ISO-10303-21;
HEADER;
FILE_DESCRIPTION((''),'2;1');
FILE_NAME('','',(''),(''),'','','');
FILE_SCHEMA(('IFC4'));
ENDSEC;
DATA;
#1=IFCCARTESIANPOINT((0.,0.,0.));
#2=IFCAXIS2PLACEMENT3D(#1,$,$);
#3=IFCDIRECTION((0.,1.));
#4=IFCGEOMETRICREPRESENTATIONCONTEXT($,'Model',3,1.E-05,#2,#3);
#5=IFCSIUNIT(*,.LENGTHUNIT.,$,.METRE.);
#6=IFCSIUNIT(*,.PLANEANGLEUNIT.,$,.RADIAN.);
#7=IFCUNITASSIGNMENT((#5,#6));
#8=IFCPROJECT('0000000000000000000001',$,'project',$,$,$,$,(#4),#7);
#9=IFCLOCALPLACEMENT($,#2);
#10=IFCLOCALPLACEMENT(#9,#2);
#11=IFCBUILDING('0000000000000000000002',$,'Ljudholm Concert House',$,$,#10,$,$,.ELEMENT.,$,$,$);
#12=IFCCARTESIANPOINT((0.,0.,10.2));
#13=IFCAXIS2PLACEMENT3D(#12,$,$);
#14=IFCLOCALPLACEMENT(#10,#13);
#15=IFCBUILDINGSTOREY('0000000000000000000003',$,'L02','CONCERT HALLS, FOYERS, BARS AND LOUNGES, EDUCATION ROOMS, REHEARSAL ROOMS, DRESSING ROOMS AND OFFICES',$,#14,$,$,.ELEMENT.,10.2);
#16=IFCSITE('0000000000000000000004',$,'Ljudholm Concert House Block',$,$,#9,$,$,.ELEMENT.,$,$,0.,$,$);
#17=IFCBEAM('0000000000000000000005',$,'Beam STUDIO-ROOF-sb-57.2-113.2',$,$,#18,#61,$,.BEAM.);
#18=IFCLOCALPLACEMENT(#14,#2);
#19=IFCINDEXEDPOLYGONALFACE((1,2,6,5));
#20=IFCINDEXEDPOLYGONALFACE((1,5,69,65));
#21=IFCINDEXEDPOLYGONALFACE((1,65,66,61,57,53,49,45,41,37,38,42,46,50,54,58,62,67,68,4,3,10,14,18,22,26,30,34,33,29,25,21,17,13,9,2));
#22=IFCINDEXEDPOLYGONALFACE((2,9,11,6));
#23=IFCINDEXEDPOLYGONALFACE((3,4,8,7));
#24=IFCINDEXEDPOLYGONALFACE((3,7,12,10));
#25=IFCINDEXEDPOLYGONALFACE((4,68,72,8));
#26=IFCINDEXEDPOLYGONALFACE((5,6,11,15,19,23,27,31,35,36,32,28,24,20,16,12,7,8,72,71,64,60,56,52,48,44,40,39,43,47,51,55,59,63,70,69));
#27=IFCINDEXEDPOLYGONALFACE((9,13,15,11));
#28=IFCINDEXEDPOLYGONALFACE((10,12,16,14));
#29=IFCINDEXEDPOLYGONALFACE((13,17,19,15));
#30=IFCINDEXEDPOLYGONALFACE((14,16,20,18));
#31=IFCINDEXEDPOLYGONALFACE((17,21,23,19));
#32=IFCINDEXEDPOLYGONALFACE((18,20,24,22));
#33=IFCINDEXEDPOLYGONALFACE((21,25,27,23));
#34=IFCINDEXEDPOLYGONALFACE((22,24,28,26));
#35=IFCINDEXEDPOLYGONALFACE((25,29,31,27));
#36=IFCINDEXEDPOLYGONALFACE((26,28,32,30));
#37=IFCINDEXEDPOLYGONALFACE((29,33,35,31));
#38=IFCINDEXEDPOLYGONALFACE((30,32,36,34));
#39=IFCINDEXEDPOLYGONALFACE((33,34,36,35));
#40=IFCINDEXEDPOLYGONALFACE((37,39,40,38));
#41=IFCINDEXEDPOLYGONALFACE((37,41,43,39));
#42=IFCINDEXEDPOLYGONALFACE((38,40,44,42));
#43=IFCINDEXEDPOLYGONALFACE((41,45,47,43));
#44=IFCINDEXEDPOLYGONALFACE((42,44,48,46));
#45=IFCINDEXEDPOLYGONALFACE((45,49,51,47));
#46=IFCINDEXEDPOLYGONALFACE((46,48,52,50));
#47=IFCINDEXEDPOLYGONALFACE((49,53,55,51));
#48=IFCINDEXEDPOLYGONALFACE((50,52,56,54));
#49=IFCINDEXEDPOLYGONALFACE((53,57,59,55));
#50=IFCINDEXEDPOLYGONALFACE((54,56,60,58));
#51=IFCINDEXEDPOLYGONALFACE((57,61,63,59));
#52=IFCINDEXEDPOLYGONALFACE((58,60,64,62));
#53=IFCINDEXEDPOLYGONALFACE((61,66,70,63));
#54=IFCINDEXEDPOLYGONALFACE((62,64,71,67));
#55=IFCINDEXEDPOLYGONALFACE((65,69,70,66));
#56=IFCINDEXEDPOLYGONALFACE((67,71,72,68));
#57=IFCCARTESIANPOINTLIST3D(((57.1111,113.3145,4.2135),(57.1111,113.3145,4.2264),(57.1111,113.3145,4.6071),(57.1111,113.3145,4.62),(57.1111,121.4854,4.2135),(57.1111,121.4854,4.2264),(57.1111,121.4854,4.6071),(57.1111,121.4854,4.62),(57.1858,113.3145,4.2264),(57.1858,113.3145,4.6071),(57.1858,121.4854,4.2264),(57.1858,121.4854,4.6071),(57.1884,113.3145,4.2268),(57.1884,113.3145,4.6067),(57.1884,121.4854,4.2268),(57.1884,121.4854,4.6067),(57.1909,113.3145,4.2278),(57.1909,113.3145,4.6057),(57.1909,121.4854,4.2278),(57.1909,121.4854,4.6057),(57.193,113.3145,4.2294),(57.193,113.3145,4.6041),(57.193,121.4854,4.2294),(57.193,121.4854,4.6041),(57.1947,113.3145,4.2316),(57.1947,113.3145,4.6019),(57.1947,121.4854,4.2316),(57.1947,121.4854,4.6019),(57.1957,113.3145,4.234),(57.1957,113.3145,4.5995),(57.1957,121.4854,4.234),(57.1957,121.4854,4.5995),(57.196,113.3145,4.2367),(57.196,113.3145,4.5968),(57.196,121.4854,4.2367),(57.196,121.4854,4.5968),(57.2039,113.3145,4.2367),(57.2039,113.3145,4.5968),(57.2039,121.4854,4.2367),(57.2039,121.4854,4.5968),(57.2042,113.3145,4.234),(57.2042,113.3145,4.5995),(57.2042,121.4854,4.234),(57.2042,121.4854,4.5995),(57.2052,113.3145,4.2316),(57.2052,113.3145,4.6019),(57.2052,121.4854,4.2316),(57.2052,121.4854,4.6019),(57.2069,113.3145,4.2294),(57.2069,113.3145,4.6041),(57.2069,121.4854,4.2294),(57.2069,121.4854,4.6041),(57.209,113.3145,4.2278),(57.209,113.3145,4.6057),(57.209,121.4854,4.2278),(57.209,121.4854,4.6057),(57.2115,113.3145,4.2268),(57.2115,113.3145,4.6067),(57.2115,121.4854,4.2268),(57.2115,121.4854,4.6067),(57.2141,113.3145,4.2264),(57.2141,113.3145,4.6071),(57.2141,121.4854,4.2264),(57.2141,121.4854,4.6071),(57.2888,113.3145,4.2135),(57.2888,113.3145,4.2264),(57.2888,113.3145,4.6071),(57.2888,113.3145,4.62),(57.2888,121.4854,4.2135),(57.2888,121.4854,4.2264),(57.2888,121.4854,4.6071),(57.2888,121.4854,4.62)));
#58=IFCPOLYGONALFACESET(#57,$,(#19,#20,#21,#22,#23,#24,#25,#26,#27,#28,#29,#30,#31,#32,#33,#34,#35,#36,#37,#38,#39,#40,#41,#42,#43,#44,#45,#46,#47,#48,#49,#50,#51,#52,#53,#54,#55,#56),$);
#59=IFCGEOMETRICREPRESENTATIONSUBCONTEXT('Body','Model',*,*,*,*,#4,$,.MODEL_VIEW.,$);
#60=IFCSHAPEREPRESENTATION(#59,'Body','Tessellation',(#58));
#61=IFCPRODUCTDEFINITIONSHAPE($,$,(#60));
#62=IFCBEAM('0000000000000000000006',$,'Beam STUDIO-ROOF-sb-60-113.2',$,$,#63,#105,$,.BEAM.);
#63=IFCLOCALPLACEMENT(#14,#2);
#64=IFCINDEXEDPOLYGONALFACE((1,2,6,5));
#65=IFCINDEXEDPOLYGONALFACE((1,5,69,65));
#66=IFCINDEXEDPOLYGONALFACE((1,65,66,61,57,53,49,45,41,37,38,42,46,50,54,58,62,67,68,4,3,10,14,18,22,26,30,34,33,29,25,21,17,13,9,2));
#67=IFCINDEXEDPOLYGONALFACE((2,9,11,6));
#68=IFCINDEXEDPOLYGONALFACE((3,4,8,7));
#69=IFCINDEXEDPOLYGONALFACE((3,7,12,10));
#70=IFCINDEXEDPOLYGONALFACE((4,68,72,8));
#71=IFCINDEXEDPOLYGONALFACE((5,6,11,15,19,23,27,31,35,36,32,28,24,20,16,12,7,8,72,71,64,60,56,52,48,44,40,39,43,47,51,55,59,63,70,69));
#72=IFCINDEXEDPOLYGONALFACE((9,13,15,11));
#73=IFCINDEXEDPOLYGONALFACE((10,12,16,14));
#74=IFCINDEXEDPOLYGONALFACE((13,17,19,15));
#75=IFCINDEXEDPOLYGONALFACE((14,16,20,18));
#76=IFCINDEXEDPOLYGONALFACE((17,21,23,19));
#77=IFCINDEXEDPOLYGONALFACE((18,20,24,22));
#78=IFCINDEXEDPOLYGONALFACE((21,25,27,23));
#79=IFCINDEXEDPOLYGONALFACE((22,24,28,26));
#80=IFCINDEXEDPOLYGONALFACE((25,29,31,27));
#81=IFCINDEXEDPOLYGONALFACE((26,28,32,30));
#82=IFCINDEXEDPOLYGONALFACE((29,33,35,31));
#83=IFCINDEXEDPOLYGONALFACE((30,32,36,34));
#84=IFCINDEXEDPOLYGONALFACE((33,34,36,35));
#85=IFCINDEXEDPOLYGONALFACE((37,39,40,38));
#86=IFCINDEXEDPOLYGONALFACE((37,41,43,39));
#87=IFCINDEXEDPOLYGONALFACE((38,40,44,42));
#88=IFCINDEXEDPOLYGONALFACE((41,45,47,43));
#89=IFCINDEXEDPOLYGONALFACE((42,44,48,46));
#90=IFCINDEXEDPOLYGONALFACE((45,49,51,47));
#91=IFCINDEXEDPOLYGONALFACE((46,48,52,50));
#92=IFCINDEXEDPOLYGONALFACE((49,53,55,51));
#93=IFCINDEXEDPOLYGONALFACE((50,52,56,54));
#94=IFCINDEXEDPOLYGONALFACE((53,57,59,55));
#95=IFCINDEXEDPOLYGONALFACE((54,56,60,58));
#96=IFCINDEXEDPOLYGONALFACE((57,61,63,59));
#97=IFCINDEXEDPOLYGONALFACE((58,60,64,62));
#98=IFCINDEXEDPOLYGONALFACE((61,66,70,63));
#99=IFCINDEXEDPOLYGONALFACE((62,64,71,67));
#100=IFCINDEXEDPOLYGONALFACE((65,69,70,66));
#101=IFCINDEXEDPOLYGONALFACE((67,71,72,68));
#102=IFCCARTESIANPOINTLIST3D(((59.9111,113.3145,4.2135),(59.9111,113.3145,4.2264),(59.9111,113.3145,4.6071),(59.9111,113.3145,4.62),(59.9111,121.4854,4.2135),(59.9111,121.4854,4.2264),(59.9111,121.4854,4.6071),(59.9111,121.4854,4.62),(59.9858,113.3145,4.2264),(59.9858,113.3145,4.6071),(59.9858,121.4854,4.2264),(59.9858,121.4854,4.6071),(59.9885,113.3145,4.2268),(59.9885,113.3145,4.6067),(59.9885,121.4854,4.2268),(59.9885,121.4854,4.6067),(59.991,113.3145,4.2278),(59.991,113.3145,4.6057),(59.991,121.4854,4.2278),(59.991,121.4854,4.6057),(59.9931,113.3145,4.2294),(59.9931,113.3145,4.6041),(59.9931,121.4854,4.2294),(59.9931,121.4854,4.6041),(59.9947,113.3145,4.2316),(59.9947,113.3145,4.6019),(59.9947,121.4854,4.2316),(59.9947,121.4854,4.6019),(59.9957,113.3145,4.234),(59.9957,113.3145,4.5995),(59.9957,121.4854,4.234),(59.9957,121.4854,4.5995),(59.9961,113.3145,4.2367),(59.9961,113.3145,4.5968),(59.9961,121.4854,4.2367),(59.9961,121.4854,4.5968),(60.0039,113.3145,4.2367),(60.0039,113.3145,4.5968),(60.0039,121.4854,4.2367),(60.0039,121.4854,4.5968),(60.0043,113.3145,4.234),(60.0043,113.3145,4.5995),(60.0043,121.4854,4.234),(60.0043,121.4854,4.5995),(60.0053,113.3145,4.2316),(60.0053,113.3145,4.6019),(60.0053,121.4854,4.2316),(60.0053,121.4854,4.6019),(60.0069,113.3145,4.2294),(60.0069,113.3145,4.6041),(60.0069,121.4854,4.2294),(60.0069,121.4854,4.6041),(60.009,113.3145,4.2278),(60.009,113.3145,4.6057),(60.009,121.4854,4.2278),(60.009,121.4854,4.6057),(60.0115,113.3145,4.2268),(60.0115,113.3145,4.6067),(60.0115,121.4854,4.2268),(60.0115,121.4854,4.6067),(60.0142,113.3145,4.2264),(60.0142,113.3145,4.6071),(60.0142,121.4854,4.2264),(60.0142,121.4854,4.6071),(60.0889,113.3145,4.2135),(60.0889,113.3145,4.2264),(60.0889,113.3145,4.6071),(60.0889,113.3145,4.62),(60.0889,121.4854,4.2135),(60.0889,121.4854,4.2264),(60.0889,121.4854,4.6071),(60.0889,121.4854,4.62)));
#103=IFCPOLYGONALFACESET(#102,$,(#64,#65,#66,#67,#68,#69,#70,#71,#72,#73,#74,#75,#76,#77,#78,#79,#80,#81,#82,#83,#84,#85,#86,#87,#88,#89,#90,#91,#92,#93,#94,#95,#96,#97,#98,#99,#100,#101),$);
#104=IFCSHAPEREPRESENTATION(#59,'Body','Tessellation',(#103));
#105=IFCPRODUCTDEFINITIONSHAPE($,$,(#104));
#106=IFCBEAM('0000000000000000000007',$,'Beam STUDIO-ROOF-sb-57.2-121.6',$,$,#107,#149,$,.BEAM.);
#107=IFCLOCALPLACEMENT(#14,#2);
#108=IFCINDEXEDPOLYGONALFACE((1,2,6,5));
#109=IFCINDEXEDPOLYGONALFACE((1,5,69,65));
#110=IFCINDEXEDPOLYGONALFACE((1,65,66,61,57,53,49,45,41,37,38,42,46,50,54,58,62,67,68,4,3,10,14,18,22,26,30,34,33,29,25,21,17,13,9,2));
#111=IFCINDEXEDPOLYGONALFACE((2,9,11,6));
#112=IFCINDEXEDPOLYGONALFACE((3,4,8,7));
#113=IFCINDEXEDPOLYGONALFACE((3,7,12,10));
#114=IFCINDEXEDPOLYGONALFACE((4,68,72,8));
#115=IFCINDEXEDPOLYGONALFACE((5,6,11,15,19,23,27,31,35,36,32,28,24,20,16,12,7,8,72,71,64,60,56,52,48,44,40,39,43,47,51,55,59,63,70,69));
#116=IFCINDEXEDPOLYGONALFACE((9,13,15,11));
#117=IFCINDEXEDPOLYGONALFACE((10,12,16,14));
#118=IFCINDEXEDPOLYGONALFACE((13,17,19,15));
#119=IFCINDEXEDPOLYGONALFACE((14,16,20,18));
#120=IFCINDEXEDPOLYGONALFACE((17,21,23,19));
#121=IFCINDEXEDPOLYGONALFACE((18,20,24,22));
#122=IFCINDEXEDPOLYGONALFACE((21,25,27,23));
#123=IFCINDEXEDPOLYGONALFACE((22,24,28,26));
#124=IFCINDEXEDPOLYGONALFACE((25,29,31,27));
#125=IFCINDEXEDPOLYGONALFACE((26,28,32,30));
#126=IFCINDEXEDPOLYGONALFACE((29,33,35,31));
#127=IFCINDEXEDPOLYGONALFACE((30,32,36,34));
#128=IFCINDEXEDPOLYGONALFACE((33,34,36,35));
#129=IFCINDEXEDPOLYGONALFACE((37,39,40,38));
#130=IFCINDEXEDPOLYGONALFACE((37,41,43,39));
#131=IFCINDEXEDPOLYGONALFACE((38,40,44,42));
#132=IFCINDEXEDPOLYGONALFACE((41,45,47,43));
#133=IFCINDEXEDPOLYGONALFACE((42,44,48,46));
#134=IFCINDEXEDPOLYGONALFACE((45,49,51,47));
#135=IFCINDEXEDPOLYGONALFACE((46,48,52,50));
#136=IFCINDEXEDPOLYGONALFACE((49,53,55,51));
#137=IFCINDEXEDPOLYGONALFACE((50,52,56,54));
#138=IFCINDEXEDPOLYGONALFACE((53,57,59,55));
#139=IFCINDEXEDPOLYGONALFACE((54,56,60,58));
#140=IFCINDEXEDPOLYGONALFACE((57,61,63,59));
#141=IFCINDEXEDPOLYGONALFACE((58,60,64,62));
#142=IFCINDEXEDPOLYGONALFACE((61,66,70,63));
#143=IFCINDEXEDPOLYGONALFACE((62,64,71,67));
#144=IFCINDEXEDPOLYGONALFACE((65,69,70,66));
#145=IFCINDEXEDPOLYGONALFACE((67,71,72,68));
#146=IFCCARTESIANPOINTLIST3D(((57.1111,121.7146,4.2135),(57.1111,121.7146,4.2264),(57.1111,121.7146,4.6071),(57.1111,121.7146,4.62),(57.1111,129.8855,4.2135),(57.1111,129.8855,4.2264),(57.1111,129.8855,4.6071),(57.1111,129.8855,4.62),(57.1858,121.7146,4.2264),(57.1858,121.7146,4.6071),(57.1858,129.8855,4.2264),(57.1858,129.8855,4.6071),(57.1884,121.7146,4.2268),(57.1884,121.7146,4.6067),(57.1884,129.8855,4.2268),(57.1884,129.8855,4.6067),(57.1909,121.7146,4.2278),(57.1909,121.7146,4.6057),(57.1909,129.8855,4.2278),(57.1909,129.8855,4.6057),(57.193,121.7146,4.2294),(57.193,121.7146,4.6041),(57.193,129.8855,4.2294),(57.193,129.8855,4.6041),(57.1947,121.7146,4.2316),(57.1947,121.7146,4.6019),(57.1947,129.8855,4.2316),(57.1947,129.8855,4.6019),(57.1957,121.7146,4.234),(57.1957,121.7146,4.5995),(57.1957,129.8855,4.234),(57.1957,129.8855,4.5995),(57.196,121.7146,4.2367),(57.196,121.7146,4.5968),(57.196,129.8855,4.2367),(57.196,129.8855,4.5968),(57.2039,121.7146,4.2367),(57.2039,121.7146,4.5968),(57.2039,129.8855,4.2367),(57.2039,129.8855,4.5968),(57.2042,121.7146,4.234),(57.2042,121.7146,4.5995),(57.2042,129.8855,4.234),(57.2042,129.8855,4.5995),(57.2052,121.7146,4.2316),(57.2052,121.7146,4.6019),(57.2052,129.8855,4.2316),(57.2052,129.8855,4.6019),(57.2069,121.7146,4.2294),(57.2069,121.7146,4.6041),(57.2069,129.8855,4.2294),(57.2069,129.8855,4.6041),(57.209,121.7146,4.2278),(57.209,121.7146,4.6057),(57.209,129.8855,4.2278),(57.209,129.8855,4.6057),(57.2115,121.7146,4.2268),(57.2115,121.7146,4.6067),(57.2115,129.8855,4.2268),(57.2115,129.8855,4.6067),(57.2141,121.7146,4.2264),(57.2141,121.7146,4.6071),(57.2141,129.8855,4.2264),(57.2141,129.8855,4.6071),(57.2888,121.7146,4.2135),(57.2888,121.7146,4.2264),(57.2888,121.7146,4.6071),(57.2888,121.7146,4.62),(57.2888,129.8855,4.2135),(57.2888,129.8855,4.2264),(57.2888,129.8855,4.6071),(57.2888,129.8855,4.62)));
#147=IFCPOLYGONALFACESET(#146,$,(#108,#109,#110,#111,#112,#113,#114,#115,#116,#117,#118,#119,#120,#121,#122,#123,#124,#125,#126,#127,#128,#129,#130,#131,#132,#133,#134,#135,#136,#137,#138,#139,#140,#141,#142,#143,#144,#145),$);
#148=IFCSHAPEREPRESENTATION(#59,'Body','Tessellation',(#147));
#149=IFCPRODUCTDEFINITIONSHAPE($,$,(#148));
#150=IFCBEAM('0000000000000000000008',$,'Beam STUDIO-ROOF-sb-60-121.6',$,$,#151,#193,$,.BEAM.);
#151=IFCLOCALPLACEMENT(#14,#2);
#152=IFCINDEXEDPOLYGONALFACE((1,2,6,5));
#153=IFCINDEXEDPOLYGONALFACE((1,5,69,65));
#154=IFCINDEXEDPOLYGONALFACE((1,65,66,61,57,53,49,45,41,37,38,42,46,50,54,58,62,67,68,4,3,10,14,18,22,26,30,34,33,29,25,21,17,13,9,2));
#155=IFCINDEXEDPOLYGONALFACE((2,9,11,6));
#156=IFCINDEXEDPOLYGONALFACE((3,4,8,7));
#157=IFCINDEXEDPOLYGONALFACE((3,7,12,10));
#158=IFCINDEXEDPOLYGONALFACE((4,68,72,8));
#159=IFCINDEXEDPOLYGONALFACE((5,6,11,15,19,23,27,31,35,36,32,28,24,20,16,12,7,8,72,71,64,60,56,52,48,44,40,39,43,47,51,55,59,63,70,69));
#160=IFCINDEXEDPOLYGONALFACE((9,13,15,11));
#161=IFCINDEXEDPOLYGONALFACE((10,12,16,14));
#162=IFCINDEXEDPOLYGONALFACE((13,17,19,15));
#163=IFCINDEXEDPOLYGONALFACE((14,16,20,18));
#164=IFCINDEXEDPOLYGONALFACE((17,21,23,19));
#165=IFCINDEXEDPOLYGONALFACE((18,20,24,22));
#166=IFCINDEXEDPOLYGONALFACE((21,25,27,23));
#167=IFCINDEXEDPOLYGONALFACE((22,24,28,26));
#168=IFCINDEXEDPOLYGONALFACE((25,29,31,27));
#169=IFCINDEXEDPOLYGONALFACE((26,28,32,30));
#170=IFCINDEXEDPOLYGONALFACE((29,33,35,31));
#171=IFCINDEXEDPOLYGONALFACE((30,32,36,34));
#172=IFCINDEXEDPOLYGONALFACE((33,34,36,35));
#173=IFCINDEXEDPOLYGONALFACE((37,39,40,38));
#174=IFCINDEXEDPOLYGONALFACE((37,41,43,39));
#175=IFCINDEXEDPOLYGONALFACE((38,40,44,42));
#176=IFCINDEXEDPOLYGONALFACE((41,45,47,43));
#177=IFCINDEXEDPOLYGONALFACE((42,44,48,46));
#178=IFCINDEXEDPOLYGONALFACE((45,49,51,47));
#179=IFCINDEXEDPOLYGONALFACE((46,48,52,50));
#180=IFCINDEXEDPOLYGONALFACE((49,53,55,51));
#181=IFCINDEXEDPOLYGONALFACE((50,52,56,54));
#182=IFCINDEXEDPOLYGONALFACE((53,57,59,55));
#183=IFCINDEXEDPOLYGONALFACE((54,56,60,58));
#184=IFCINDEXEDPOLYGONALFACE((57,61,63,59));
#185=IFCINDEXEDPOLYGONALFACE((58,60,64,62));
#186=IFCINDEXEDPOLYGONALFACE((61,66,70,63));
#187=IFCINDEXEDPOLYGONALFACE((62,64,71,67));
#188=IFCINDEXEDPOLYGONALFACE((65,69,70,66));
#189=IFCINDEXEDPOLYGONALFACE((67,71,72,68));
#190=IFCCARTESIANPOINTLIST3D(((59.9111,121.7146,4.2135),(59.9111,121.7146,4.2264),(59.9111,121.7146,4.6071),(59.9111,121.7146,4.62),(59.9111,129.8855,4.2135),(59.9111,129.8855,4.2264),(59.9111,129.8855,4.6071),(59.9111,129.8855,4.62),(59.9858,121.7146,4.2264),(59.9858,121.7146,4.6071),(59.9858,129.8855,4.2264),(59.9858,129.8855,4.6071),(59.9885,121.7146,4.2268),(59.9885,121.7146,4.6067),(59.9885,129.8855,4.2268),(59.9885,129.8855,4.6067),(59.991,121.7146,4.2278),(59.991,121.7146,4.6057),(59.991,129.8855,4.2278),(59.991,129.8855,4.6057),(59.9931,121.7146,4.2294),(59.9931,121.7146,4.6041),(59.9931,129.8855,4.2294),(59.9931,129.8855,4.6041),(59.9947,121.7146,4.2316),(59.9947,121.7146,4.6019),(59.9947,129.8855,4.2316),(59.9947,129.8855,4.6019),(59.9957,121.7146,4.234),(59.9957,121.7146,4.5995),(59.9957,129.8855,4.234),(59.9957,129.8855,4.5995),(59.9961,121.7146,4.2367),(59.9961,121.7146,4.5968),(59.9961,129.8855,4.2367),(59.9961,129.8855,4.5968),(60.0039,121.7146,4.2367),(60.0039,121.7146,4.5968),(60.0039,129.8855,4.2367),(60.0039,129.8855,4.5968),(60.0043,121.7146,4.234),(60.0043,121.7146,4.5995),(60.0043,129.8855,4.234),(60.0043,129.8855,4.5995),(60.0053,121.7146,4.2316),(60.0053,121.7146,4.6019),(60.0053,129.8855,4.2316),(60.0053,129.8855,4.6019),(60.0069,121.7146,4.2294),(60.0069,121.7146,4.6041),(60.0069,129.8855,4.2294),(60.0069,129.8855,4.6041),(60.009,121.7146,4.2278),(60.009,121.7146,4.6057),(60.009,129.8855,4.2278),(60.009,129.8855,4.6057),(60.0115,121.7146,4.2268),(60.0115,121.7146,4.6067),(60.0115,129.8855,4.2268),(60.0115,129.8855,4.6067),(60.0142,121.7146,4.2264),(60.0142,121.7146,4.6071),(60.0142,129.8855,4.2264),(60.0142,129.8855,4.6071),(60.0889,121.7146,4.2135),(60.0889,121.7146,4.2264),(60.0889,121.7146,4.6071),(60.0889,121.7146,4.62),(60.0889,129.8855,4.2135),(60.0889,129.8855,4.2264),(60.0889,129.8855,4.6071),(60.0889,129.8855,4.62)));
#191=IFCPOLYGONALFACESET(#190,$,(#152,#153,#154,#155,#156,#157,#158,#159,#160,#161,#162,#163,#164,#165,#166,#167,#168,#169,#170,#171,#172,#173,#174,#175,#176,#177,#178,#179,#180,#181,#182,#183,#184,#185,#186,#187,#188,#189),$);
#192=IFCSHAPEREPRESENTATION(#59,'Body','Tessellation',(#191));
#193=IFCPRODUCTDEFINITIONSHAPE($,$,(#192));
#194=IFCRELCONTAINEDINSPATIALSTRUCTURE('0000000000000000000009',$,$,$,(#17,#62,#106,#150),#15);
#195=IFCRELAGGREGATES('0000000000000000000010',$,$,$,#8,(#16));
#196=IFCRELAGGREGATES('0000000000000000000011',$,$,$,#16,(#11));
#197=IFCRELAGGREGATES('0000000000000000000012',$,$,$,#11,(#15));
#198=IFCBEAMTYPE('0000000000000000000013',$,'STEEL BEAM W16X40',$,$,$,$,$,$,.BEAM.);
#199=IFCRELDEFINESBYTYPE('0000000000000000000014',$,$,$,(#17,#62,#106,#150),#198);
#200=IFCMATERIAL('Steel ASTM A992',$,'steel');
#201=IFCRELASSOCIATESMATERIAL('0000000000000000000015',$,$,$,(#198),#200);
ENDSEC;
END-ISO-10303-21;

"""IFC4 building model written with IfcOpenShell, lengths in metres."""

from ifc_helpers import new_model, si_unit, direction, frame, origin, origin_2d, place, context, subcontext, project, spatial, i_section, extrude, material, material_profile, profile_set, type_object, element, save


model = new_model("IFC4")

# Units and contexts
model_context = context("Model", 3, precision=1e-05, world=origin(), true_north=direction((0.0, 1.0)))
body_context = subcontext(model_context, "Body", "Model", "MODEL_VIEW")
ifc_project = project(units=[si_unit("LENGTHUNIT", "METRE"), si_unit("PLANEANGLEUNIT", "RADIAN")], contexts=[model_context])

# Site, building, storey
site_placement = place(None, origin())
site = spatial("IfcSite", under=ifc_project, at=site_placement, Name="Ljudholm Concert House Block", CompositionType="ELEMENT", RefElevation=0.0)
building_placement = place(site_placement, origin())
building = spatial("IfcBuilding", under=site, at=building_placement, Name="Ljudholm Concert House", CompositionType="ELEMENT")
storey_placement = place(building_placement, frame((0.0, 0.0, 10.2)))
storey = spatial("IfcBuildingStorey", under=building, at=storey_placement, Name="L02", Description="CONCERT HALLS, FOYERS, BARS AND LOUNGES, EDUCATION ROOMS, REHEARSAL ROOMS, DRESSING ROOMS AND OFFICES", CompositionType="ELEMENT", Elevation=10.2)

# Beams
ifc_material_1 = material(Name="Steel ASTM A992", Category="steel")
ifc_material_profile_1 = material_profile(ifc_material_1, i_section(OverallWidth=0.1777, OverallDepth=0.4065, WebThickness=0.0078, FlangeThickness=0.0129, FilletRadius=0.0103, at=origin_2d()), Name="W16X40")
ifc_profile_set_1 = profile_set([ifc_material_profile_1], Name="Steel ASTM A992")
beam_type_1 = type_object("IfcBeamType", Name="STEEL BEAM W16X40", PredefinedType="BEAM", material=ifc_profile_set_1)
for number, where, z_axis, x_axis, name in (
    (1, (57.2, 113.3145, 4.4167), (0.0, 1.0, 0.0), (-1.0, 0.0, 0.0), "Beam STUDIO-ROOF-sb-57.2-113.2"),
    (2, (60.0, 113.3145, 4.4167), (0.0, 1.0, 0.0), (-1.0, 0.0, 0.0), "Beam STUDIO-ROOF-sb-60-113.2"),
    (3, (57.2, 121.7146, 4.4167), (0.0, 1.0, 0.0), (-1.0, 0.0, 0.0), "Beam STUDIO-ROOF-sb-57.2-121.6"),
    (4, (60.0, 121.7146, 4.4167), (0.0, 1.0, 0.0), (-1.0, 0.0, 0.0), "Beam STUDIO-ROOF-sb-60-121.6"),
):
    element("IfcBeam", number, at=place(storey_placement, frame(where, z_axis=z_axis, x_axis=x_axis)), inside=storey, type_object=beam_type_1, Name=name, PredefinedType="BEAM", context=body_context, shape_type="SweptSolid", body=[
        extrude(i_section(OverallWidth=0.1777, OverallDepth=0.4065, WebThickness=0.0078, FlangeThickness=0.0129, FilletRadius=0.0103, at=origin_2d()), origin(), (0.0, 0.0, 1.0), 8.1709),
    ])

save(model, "model.ifc")
